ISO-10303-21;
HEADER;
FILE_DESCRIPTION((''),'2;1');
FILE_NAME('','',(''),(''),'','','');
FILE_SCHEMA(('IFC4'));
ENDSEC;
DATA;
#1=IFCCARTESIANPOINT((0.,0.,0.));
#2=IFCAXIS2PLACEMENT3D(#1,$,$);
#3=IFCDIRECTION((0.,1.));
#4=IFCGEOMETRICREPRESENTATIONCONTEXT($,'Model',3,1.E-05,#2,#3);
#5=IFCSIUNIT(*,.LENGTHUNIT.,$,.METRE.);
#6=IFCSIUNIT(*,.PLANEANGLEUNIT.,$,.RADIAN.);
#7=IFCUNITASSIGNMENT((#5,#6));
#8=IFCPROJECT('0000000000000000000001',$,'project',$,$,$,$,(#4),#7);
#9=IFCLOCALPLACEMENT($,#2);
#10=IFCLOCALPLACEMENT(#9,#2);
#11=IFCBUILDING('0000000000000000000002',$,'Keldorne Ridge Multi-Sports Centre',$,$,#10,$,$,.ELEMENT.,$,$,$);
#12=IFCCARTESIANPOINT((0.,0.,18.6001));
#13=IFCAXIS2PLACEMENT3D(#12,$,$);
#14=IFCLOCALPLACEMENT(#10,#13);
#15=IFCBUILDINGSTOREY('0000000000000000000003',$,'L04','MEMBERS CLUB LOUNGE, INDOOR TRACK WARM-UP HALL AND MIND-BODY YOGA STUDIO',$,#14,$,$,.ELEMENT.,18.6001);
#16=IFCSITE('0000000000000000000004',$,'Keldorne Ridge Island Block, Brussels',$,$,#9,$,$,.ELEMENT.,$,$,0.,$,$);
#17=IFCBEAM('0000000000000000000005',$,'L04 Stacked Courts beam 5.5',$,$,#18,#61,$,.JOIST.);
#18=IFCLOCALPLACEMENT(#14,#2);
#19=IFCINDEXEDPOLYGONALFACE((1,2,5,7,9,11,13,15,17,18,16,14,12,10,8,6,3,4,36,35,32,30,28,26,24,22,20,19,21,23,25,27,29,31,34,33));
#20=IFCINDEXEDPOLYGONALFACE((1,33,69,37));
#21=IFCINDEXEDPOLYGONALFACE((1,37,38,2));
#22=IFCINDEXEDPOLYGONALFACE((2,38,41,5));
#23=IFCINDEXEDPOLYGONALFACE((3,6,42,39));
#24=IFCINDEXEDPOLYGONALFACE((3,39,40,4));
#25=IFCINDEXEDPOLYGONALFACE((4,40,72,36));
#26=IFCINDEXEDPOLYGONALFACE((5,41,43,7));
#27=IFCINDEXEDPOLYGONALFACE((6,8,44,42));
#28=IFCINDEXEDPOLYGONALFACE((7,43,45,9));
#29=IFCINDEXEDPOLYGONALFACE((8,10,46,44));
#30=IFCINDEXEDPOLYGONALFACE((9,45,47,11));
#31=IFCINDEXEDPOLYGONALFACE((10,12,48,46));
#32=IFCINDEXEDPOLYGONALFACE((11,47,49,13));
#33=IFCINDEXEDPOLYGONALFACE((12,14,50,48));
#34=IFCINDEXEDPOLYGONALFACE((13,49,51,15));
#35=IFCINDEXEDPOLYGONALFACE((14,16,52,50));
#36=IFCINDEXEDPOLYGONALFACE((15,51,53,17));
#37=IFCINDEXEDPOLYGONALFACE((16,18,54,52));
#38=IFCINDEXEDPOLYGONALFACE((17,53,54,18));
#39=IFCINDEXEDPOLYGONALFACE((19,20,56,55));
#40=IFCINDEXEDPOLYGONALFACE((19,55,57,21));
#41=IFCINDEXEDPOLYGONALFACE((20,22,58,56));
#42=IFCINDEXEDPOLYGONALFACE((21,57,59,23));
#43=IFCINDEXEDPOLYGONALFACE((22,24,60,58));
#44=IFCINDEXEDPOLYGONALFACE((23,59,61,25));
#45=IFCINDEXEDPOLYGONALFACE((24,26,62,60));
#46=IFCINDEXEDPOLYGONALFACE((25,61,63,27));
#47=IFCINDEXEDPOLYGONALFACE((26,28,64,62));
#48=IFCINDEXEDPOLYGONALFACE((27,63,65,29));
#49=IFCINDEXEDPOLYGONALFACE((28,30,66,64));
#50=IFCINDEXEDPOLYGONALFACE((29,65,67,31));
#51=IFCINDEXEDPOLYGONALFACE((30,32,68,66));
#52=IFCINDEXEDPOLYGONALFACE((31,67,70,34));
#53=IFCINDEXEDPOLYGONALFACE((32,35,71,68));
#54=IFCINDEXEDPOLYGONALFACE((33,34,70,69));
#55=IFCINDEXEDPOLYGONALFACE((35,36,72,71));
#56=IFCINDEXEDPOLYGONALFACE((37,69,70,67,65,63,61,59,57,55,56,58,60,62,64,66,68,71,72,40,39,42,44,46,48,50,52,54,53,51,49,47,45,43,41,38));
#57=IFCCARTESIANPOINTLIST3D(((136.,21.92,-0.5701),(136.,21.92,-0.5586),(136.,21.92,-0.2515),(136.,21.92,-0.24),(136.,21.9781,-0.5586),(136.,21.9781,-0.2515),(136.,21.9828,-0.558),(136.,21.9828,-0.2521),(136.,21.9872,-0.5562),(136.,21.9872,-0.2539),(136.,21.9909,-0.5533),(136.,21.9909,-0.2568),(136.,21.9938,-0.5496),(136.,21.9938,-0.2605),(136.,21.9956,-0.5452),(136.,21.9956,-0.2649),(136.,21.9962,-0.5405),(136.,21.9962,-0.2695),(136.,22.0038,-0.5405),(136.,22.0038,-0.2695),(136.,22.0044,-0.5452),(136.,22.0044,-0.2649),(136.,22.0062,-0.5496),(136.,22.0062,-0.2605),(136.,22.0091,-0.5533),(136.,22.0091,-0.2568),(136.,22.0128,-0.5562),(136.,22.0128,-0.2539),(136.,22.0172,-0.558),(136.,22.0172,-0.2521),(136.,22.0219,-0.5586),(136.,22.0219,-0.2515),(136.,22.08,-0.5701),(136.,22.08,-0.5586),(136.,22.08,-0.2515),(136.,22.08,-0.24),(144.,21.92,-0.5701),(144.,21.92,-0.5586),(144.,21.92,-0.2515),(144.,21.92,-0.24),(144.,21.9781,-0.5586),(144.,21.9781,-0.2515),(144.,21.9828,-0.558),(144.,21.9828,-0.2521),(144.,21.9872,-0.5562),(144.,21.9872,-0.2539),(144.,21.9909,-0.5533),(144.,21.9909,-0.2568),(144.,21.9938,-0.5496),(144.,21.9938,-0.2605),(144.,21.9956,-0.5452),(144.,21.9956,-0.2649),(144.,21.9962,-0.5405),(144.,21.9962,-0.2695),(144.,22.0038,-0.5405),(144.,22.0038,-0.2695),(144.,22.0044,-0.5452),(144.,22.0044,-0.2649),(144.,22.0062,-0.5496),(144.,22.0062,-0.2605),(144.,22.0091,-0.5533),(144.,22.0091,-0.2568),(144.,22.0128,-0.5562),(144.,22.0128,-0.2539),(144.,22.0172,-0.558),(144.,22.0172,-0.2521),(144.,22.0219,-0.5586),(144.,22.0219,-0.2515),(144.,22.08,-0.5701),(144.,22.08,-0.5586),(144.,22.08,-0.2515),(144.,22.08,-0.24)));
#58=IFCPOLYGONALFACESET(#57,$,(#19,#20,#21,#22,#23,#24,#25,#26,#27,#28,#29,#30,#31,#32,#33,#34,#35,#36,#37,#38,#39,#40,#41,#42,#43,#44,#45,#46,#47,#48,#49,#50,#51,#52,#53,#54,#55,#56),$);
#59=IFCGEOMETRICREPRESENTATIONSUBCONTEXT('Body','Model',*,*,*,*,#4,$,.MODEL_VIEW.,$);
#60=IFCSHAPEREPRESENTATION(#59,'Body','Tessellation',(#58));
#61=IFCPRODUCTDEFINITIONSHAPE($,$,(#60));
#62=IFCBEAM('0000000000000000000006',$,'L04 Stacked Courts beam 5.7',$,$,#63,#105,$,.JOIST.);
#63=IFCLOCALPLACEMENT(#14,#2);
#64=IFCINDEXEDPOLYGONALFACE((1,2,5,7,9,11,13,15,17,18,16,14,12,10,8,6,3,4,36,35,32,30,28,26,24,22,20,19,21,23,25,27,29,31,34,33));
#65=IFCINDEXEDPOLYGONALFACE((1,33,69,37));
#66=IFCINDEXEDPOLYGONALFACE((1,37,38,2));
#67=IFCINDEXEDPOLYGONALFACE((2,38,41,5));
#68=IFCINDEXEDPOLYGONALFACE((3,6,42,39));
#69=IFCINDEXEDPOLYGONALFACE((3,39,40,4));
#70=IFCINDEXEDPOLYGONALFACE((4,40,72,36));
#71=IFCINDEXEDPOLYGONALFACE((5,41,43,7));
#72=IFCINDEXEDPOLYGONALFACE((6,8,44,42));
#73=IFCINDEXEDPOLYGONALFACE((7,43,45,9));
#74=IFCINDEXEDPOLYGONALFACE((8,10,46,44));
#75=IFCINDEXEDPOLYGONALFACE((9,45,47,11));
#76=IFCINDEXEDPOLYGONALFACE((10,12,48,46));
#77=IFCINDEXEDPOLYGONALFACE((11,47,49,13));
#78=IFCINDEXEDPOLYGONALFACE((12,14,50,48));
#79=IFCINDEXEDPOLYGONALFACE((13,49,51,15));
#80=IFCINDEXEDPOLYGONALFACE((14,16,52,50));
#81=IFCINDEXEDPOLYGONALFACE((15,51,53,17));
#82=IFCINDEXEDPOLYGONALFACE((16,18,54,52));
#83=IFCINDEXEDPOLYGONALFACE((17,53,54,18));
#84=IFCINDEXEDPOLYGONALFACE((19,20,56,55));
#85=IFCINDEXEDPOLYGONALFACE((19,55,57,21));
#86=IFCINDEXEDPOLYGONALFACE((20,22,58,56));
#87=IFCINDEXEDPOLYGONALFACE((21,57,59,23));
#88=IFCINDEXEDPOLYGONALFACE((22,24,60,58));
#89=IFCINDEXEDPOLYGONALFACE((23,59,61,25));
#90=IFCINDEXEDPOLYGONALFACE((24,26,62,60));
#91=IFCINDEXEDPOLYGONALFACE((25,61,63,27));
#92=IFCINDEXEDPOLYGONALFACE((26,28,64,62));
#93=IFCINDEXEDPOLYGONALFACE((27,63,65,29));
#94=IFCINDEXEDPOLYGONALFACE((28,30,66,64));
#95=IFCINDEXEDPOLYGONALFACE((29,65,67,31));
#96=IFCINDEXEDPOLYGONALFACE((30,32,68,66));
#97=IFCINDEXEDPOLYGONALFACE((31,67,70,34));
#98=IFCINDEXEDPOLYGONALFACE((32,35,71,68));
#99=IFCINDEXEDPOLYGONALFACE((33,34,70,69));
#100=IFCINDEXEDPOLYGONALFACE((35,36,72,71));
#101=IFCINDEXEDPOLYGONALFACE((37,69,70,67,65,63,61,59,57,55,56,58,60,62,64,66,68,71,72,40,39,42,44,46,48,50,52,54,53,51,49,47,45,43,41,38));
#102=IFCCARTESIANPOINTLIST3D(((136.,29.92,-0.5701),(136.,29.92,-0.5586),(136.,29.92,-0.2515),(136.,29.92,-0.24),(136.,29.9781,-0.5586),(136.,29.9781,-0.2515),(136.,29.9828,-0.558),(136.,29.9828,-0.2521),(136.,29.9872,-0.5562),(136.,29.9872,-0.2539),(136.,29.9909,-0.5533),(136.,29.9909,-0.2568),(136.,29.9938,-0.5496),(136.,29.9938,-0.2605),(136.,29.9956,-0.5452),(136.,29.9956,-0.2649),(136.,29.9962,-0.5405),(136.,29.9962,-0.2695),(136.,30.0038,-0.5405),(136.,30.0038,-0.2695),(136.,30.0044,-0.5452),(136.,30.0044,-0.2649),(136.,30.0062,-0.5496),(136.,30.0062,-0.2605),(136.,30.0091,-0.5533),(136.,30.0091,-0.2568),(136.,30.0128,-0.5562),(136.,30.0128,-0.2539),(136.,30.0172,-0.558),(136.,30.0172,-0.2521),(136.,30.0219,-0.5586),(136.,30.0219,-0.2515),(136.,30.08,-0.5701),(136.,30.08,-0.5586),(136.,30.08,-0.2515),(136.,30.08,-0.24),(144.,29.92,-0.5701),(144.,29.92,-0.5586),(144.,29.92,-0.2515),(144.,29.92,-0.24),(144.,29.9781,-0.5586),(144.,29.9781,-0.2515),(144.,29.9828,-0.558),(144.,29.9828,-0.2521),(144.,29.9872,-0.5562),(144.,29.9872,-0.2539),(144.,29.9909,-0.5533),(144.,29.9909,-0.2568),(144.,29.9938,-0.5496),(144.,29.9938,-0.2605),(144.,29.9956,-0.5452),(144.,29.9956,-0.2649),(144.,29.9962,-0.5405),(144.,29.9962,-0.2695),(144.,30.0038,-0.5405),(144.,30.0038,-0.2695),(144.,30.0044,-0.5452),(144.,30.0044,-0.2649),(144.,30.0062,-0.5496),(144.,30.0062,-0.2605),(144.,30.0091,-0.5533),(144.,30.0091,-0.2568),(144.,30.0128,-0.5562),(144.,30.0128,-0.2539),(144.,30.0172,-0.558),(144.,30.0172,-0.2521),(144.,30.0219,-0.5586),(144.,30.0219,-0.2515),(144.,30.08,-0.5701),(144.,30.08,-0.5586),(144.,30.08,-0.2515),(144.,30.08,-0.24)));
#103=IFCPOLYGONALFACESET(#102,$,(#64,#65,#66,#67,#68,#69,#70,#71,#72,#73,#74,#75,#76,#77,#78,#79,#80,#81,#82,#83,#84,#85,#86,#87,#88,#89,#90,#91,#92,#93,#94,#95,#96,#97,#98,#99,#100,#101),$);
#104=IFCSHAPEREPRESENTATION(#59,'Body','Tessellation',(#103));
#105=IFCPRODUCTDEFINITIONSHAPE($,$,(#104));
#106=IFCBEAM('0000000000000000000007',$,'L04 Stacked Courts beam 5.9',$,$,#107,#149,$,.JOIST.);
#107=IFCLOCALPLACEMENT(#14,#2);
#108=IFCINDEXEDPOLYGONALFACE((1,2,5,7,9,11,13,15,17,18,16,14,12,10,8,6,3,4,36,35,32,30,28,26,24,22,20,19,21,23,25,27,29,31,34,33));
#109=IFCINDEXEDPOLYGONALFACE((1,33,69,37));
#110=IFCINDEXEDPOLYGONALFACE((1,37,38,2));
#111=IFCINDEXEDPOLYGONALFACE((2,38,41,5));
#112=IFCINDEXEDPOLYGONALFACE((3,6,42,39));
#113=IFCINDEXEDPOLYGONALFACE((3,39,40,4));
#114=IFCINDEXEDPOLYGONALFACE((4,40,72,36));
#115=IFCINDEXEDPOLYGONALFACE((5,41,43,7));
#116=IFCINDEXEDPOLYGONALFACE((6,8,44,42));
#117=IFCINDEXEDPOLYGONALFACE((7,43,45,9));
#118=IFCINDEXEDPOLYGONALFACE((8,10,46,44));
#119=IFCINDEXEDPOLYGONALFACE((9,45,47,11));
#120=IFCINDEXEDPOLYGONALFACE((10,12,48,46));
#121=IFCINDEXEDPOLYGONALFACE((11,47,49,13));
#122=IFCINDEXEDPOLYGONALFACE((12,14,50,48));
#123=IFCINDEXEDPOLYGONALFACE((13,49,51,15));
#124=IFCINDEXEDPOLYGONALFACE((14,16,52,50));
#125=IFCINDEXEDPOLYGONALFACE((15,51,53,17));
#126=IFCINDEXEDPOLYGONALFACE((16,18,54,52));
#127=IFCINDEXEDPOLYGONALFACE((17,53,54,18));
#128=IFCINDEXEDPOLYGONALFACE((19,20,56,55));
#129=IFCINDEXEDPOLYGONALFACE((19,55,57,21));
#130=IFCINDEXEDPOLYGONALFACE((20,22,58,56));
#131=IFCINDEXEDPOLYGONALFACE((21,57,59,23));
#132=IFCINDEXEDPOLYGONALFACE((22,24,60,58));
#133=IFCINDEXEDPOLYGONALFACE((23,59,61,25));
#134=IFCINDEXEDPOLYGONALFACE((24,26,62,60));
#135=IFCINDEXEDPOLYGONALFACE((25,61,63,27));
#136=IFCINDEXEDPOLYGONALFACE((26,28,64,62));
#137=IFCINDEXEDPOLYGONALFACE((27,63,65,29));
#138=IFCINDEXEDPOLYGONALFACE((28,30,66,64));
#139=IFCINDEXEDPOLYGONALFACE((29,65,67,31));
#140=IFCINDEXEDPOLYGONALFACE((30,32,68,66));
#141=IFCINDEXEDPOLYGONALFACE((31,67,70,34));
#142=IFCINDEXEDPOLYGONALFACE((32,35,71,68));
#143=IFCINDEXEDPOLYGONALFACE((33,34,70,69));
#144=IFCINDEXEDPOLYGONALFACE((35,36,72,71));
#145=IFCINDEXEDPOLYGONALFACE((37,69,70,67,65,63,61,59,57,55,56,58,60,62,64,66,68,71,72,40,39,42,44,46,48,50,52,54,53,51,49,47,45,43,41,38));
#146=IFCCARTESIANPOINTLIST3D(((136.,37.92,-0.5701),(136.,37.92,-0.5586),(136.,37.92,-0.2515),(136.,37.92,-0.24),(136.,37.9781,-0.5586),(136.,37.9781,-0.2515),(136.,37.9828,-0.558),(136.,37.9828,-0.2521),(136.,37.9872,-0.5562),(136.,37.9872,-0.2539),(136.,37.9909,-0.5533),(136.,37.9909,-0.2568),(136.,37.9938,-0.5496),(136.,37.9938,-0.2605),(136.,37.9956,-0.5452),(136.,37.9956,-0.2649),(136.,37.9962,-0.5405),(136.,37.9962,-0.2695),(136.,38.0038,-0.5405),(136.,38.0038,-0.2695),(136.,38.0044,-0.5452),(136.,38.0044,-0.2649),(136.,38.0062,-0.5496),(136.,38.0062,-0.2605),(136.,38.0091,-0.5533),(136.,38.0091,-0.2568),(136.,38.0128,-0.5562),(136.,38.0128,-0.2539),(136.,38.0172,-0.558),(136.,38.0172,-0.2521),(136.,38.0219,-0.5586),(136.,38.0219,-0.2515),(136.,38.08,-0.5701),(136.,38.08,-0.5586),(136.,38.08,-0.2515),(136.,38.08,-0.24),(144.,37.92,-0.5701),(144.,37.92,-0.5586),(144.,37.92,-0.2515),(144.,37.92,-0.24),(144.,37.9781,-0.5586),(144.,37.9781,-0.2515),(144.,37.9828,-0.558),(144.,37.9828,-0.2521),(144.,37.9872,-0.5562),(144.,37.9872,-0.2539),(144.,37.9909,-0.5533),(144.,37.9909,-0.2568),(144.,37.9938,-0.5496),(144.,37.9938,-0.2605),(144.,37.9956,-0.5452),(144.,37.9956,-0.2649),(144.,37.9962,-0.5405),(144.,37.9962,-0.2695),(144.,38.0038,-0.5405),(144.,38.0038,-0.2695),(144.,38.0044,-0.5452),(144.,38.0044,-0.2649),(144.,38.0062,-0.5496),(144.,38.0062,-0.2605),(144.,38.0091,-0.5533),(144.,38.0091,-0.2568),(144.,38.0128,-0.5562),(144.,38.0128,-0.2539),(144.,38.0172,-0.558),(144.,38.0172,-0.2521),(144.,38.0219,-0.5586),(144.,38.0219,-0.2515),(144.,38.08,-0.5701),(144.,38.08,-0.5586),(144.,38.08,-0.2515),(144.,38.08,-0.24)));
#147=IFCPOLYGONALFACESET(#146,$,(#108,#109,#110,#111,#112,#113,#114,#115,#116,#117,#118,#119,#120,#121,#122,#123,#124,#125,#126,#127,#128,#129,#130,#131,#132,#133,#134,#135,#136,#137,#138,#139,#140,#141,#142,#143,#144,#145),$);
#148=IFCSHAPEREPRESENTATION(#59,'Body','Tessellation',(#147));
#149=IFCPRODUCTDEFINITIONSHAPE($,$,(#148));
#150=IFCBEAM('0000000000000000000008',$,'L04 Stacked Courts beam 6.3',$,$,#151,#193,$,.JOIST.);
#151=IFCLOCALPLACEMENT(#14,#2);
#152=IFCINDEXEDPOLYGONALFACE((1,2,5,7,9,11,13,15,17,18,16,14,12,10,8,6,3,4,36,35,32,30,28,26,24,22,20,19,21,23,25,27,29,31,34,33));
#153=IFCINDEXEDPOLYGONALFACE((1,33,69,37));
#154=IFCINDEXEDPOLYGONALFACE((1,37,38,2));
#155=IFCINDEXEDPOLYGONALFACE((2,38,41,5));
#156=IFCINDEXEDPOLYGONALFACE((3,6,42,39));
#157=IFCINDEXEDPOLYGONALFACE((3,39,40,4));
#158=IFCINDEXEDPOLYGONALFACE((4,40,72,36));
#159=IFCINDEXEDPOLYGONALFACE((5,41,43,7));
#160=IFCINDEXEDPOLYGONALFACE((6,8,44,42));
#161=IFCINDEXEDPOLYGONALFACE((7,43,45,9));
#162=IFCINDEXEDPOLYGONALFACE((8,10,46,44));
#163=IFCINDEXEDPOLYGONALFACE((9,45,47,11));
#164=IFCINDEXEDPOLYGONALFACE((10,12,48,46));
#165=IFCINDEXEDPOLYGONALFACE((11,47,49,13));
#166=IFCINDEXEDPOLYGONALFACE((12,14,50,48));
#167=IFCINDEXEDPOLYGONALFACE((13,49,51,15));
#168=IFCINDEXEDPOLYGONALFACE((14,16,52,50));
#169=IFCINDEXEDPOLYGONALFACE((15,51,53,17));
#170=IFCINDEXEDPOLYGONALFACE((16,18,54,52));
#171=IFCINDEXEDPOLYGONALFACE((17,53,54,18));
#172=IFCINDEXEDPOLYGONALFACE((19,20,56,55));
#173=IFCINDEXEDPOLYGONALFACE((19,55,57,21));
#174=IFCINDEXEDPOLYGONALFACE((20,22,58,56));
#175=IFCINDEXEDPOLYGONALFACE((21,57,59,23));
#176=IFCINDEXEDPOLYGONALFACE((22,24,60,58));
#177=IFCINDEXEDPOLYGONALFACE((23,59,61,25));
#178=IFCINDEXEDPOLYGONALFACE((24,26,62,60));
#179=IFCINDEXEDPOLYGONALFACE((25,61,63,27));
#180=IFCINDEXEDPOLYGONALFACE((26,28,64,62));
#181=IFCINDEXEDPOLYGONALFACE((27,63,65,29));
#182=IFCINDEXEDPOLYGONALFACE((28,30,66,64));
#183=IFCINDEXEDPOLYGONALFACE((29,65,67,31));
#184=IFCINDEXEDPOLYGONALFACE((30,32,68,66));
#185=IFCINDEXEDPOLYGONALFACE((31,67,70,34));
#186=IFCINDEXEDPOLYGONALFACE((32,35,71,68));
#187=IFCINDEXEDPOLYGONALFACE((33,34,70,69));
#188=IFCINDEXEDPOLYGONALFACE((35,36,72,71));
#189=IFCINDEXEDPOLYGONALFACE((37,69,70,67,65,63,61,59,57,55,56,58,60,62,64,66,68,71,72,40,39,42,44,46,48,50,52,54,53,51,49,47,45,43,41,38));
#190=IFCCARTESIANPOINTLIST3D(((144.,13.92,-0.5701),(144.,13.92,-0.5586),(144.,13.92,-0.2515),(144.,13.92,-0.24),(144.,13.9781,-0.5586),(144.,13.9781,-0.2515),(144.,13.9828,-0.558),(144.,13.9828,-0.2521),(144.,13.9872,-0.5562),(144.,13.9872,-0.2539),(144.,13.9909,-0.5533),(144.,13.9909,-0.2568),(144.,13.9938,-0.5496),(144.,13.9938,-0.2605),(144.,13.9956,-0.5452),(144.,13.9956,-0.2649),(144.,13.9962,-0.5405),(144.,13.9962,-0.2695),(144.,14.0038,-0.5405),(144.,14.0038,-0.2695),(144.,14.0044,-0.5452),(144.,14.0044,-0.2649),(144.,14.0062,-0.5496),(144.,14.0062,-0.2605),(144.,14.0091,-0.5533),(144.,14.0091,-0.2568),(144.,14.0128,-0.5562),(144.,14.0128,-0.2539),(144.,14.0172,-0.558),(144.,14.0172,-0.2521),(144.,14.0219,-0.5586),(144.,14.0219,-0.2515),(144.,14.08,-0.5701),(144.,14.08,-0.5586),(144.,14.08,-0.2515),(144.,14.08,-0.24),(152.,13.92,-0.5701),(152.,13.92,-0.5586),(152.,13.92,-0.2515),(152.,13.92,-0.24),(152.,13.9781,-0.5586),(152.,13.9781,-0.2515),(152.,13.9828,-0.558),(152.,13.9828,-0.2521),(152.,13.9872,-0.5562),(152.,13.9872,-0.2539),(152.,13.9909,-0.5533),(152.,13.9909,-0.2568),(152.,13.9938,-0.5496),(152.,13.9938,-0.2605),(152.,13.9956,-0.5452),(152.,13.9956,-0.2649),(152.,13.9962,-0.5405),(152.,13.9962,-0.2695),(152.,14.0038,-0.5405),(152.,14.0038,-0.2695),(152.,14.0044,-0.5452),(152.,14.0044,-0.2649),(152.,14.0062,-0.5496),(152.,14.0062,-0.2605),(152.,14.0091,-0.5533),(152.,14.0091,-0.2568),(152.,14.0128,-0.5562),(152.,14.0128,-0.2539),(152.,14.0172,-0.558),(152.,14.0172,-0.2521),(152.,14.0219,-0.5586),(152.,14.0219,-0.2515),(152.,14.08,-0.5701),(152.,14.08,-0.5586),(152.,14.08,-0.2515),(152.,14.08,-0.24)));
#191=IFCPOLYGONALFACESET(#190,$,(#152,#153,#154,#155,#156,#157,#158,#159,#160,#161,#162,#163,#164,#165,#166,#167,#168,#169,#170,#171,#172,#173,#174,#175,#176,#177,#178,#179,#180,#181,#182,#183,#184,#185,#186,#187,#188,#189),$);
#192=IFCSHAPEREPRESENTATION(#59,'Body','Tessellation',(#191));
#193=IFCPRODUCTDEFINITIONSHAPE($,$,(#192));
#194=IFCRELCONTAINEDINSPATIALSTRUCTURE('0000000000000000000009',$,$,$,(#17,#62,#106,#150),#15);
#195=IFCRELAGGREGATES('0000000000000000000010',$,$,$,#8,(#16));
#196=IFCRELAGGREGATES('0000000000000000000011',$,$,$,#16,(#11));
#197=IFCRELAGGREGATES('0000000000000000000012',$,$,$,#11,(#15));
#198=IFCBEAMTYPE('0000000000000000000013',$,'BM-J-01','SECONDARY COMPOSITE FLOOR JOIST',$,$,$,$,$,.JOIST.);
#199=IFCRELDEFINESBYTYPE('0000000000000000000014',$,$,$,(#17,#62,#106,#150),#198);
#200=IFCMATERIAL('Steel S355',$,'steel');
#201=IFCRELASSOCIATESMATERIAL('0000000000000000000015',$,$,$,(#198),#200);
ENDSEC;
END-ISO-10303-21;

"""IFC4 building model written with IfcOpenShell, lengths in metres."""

from ifc_helpers import new_model, si_unit, direction, frame, origin, origin_2d, place, context, subcontext, project, spatial, i_section, extrude, material, material_profile, profile_set, type_object, element, save


model = new_model("IFC4")

# Units and contexts
model_context = context("Model", 3, precision=1e-05, world=origin(), true_north=direction((0.0, 1.0)))
body_context = subcontext(model_context, "Body", "Model", "MODEL_VIEW")
ifc_project = project(units=[si_unit("LENGTHUNIT", "METRE"), si_unit("PLANEANGLEUNIT", "RADIAN")], contexts=[model_context])

# Site, building, storey
site_placement = place(None, origin())
site = spatial("IfcSite", under=ifc_project, at=site_placement, Name="Keldorne Ridge Island Block, Brussels", CompositionType="ELEMENT", RefElevation=0.0)
building_placement = place(site_placement, origin())
building = spatial("IfcBuilding", under=site, at=building_placement, Name="Keldorne Ridge Multi-Sports Centre", CompositionType="ELEMENT")
storey_placement = place(building_placement, frame((0.0, 0.0, 18.6001)))
storey = spatial("IfcBuildingStorey", under=building, at=storey_placement, Name="L04", Description="MEMBERS CLUB LOUNGE, INDOOR TRACK WARM-UP HALL AND MIND-BODY YOGA STUDIO", CompositionType="ELEMENT", Elevation=18.6001)

# Beams
ifc_material = material(Name="Steel S355", Category="steel")
ifc_material_profile_1 = material_profile(ifc_material, i_section(OverallWidth=0.1599, OverallDepth=0.3301, WebThickness=0.0076, FlangeThickness=0.0115, FilletRadius=0.0181, at=origin_2d()), Name="IPE 330")
ifc_profile_set_1 = profile_set([ifc_material_profile_1], Name="Steel S355")
beam_type_1 = type_object("IfcBeamType", Name="BM-J-01", Description="SECONDARY COMPOSITE FLOOR JOIST", PredefinedType="JOIST", material=ifc_profile_set_1)
for number, where, z_axis, x_axis, name in (
    (1, (136.0, 22.0, -0.405), (1.0, 0.0, 0.0), (0.0, 1.0, 0.0), "L04 Stacked Courts beam 5.5"),
    (2, (136.0, 30.0, -0.405), (1.0, 0.0, 0.0), (0.0, 1.0, 0.0), "L04 Stacked Courts beam 5.7"),
    (3, (136.0, 38.0, -0.405), (1.0, 0.0, 0.0), (0.0, 1.0, 0.0), "L04 Stacked Courts beam 5.9"),
    (4, (144.0, 14.0, -0.405), (1.0, 0.0, 0.0), (0.0, 1.0, 0.0), "L04 Stacked Courts beam 6.3"),
):
    element("IfcBeam", number, at=place(storey_placement, frame(where, z_axis=z_axis, x_axis=x_axis)), inside=storey, type_object=beam_type_1, Name=name, PredefinedType="JOIST", context=body_context, shape_type="SweptSolid", body=[
        extrude(i_section(OverallWidth=0.1599, OverallDepth=0.3301, WebThickness=0.0076, FlangeThickness=0.0115, FilletRadius=0.0181, at=origin_2d()), origin(), (0.0, 0.0, 1.0), 8.0),
    ])

save(model, "model.ifc")
